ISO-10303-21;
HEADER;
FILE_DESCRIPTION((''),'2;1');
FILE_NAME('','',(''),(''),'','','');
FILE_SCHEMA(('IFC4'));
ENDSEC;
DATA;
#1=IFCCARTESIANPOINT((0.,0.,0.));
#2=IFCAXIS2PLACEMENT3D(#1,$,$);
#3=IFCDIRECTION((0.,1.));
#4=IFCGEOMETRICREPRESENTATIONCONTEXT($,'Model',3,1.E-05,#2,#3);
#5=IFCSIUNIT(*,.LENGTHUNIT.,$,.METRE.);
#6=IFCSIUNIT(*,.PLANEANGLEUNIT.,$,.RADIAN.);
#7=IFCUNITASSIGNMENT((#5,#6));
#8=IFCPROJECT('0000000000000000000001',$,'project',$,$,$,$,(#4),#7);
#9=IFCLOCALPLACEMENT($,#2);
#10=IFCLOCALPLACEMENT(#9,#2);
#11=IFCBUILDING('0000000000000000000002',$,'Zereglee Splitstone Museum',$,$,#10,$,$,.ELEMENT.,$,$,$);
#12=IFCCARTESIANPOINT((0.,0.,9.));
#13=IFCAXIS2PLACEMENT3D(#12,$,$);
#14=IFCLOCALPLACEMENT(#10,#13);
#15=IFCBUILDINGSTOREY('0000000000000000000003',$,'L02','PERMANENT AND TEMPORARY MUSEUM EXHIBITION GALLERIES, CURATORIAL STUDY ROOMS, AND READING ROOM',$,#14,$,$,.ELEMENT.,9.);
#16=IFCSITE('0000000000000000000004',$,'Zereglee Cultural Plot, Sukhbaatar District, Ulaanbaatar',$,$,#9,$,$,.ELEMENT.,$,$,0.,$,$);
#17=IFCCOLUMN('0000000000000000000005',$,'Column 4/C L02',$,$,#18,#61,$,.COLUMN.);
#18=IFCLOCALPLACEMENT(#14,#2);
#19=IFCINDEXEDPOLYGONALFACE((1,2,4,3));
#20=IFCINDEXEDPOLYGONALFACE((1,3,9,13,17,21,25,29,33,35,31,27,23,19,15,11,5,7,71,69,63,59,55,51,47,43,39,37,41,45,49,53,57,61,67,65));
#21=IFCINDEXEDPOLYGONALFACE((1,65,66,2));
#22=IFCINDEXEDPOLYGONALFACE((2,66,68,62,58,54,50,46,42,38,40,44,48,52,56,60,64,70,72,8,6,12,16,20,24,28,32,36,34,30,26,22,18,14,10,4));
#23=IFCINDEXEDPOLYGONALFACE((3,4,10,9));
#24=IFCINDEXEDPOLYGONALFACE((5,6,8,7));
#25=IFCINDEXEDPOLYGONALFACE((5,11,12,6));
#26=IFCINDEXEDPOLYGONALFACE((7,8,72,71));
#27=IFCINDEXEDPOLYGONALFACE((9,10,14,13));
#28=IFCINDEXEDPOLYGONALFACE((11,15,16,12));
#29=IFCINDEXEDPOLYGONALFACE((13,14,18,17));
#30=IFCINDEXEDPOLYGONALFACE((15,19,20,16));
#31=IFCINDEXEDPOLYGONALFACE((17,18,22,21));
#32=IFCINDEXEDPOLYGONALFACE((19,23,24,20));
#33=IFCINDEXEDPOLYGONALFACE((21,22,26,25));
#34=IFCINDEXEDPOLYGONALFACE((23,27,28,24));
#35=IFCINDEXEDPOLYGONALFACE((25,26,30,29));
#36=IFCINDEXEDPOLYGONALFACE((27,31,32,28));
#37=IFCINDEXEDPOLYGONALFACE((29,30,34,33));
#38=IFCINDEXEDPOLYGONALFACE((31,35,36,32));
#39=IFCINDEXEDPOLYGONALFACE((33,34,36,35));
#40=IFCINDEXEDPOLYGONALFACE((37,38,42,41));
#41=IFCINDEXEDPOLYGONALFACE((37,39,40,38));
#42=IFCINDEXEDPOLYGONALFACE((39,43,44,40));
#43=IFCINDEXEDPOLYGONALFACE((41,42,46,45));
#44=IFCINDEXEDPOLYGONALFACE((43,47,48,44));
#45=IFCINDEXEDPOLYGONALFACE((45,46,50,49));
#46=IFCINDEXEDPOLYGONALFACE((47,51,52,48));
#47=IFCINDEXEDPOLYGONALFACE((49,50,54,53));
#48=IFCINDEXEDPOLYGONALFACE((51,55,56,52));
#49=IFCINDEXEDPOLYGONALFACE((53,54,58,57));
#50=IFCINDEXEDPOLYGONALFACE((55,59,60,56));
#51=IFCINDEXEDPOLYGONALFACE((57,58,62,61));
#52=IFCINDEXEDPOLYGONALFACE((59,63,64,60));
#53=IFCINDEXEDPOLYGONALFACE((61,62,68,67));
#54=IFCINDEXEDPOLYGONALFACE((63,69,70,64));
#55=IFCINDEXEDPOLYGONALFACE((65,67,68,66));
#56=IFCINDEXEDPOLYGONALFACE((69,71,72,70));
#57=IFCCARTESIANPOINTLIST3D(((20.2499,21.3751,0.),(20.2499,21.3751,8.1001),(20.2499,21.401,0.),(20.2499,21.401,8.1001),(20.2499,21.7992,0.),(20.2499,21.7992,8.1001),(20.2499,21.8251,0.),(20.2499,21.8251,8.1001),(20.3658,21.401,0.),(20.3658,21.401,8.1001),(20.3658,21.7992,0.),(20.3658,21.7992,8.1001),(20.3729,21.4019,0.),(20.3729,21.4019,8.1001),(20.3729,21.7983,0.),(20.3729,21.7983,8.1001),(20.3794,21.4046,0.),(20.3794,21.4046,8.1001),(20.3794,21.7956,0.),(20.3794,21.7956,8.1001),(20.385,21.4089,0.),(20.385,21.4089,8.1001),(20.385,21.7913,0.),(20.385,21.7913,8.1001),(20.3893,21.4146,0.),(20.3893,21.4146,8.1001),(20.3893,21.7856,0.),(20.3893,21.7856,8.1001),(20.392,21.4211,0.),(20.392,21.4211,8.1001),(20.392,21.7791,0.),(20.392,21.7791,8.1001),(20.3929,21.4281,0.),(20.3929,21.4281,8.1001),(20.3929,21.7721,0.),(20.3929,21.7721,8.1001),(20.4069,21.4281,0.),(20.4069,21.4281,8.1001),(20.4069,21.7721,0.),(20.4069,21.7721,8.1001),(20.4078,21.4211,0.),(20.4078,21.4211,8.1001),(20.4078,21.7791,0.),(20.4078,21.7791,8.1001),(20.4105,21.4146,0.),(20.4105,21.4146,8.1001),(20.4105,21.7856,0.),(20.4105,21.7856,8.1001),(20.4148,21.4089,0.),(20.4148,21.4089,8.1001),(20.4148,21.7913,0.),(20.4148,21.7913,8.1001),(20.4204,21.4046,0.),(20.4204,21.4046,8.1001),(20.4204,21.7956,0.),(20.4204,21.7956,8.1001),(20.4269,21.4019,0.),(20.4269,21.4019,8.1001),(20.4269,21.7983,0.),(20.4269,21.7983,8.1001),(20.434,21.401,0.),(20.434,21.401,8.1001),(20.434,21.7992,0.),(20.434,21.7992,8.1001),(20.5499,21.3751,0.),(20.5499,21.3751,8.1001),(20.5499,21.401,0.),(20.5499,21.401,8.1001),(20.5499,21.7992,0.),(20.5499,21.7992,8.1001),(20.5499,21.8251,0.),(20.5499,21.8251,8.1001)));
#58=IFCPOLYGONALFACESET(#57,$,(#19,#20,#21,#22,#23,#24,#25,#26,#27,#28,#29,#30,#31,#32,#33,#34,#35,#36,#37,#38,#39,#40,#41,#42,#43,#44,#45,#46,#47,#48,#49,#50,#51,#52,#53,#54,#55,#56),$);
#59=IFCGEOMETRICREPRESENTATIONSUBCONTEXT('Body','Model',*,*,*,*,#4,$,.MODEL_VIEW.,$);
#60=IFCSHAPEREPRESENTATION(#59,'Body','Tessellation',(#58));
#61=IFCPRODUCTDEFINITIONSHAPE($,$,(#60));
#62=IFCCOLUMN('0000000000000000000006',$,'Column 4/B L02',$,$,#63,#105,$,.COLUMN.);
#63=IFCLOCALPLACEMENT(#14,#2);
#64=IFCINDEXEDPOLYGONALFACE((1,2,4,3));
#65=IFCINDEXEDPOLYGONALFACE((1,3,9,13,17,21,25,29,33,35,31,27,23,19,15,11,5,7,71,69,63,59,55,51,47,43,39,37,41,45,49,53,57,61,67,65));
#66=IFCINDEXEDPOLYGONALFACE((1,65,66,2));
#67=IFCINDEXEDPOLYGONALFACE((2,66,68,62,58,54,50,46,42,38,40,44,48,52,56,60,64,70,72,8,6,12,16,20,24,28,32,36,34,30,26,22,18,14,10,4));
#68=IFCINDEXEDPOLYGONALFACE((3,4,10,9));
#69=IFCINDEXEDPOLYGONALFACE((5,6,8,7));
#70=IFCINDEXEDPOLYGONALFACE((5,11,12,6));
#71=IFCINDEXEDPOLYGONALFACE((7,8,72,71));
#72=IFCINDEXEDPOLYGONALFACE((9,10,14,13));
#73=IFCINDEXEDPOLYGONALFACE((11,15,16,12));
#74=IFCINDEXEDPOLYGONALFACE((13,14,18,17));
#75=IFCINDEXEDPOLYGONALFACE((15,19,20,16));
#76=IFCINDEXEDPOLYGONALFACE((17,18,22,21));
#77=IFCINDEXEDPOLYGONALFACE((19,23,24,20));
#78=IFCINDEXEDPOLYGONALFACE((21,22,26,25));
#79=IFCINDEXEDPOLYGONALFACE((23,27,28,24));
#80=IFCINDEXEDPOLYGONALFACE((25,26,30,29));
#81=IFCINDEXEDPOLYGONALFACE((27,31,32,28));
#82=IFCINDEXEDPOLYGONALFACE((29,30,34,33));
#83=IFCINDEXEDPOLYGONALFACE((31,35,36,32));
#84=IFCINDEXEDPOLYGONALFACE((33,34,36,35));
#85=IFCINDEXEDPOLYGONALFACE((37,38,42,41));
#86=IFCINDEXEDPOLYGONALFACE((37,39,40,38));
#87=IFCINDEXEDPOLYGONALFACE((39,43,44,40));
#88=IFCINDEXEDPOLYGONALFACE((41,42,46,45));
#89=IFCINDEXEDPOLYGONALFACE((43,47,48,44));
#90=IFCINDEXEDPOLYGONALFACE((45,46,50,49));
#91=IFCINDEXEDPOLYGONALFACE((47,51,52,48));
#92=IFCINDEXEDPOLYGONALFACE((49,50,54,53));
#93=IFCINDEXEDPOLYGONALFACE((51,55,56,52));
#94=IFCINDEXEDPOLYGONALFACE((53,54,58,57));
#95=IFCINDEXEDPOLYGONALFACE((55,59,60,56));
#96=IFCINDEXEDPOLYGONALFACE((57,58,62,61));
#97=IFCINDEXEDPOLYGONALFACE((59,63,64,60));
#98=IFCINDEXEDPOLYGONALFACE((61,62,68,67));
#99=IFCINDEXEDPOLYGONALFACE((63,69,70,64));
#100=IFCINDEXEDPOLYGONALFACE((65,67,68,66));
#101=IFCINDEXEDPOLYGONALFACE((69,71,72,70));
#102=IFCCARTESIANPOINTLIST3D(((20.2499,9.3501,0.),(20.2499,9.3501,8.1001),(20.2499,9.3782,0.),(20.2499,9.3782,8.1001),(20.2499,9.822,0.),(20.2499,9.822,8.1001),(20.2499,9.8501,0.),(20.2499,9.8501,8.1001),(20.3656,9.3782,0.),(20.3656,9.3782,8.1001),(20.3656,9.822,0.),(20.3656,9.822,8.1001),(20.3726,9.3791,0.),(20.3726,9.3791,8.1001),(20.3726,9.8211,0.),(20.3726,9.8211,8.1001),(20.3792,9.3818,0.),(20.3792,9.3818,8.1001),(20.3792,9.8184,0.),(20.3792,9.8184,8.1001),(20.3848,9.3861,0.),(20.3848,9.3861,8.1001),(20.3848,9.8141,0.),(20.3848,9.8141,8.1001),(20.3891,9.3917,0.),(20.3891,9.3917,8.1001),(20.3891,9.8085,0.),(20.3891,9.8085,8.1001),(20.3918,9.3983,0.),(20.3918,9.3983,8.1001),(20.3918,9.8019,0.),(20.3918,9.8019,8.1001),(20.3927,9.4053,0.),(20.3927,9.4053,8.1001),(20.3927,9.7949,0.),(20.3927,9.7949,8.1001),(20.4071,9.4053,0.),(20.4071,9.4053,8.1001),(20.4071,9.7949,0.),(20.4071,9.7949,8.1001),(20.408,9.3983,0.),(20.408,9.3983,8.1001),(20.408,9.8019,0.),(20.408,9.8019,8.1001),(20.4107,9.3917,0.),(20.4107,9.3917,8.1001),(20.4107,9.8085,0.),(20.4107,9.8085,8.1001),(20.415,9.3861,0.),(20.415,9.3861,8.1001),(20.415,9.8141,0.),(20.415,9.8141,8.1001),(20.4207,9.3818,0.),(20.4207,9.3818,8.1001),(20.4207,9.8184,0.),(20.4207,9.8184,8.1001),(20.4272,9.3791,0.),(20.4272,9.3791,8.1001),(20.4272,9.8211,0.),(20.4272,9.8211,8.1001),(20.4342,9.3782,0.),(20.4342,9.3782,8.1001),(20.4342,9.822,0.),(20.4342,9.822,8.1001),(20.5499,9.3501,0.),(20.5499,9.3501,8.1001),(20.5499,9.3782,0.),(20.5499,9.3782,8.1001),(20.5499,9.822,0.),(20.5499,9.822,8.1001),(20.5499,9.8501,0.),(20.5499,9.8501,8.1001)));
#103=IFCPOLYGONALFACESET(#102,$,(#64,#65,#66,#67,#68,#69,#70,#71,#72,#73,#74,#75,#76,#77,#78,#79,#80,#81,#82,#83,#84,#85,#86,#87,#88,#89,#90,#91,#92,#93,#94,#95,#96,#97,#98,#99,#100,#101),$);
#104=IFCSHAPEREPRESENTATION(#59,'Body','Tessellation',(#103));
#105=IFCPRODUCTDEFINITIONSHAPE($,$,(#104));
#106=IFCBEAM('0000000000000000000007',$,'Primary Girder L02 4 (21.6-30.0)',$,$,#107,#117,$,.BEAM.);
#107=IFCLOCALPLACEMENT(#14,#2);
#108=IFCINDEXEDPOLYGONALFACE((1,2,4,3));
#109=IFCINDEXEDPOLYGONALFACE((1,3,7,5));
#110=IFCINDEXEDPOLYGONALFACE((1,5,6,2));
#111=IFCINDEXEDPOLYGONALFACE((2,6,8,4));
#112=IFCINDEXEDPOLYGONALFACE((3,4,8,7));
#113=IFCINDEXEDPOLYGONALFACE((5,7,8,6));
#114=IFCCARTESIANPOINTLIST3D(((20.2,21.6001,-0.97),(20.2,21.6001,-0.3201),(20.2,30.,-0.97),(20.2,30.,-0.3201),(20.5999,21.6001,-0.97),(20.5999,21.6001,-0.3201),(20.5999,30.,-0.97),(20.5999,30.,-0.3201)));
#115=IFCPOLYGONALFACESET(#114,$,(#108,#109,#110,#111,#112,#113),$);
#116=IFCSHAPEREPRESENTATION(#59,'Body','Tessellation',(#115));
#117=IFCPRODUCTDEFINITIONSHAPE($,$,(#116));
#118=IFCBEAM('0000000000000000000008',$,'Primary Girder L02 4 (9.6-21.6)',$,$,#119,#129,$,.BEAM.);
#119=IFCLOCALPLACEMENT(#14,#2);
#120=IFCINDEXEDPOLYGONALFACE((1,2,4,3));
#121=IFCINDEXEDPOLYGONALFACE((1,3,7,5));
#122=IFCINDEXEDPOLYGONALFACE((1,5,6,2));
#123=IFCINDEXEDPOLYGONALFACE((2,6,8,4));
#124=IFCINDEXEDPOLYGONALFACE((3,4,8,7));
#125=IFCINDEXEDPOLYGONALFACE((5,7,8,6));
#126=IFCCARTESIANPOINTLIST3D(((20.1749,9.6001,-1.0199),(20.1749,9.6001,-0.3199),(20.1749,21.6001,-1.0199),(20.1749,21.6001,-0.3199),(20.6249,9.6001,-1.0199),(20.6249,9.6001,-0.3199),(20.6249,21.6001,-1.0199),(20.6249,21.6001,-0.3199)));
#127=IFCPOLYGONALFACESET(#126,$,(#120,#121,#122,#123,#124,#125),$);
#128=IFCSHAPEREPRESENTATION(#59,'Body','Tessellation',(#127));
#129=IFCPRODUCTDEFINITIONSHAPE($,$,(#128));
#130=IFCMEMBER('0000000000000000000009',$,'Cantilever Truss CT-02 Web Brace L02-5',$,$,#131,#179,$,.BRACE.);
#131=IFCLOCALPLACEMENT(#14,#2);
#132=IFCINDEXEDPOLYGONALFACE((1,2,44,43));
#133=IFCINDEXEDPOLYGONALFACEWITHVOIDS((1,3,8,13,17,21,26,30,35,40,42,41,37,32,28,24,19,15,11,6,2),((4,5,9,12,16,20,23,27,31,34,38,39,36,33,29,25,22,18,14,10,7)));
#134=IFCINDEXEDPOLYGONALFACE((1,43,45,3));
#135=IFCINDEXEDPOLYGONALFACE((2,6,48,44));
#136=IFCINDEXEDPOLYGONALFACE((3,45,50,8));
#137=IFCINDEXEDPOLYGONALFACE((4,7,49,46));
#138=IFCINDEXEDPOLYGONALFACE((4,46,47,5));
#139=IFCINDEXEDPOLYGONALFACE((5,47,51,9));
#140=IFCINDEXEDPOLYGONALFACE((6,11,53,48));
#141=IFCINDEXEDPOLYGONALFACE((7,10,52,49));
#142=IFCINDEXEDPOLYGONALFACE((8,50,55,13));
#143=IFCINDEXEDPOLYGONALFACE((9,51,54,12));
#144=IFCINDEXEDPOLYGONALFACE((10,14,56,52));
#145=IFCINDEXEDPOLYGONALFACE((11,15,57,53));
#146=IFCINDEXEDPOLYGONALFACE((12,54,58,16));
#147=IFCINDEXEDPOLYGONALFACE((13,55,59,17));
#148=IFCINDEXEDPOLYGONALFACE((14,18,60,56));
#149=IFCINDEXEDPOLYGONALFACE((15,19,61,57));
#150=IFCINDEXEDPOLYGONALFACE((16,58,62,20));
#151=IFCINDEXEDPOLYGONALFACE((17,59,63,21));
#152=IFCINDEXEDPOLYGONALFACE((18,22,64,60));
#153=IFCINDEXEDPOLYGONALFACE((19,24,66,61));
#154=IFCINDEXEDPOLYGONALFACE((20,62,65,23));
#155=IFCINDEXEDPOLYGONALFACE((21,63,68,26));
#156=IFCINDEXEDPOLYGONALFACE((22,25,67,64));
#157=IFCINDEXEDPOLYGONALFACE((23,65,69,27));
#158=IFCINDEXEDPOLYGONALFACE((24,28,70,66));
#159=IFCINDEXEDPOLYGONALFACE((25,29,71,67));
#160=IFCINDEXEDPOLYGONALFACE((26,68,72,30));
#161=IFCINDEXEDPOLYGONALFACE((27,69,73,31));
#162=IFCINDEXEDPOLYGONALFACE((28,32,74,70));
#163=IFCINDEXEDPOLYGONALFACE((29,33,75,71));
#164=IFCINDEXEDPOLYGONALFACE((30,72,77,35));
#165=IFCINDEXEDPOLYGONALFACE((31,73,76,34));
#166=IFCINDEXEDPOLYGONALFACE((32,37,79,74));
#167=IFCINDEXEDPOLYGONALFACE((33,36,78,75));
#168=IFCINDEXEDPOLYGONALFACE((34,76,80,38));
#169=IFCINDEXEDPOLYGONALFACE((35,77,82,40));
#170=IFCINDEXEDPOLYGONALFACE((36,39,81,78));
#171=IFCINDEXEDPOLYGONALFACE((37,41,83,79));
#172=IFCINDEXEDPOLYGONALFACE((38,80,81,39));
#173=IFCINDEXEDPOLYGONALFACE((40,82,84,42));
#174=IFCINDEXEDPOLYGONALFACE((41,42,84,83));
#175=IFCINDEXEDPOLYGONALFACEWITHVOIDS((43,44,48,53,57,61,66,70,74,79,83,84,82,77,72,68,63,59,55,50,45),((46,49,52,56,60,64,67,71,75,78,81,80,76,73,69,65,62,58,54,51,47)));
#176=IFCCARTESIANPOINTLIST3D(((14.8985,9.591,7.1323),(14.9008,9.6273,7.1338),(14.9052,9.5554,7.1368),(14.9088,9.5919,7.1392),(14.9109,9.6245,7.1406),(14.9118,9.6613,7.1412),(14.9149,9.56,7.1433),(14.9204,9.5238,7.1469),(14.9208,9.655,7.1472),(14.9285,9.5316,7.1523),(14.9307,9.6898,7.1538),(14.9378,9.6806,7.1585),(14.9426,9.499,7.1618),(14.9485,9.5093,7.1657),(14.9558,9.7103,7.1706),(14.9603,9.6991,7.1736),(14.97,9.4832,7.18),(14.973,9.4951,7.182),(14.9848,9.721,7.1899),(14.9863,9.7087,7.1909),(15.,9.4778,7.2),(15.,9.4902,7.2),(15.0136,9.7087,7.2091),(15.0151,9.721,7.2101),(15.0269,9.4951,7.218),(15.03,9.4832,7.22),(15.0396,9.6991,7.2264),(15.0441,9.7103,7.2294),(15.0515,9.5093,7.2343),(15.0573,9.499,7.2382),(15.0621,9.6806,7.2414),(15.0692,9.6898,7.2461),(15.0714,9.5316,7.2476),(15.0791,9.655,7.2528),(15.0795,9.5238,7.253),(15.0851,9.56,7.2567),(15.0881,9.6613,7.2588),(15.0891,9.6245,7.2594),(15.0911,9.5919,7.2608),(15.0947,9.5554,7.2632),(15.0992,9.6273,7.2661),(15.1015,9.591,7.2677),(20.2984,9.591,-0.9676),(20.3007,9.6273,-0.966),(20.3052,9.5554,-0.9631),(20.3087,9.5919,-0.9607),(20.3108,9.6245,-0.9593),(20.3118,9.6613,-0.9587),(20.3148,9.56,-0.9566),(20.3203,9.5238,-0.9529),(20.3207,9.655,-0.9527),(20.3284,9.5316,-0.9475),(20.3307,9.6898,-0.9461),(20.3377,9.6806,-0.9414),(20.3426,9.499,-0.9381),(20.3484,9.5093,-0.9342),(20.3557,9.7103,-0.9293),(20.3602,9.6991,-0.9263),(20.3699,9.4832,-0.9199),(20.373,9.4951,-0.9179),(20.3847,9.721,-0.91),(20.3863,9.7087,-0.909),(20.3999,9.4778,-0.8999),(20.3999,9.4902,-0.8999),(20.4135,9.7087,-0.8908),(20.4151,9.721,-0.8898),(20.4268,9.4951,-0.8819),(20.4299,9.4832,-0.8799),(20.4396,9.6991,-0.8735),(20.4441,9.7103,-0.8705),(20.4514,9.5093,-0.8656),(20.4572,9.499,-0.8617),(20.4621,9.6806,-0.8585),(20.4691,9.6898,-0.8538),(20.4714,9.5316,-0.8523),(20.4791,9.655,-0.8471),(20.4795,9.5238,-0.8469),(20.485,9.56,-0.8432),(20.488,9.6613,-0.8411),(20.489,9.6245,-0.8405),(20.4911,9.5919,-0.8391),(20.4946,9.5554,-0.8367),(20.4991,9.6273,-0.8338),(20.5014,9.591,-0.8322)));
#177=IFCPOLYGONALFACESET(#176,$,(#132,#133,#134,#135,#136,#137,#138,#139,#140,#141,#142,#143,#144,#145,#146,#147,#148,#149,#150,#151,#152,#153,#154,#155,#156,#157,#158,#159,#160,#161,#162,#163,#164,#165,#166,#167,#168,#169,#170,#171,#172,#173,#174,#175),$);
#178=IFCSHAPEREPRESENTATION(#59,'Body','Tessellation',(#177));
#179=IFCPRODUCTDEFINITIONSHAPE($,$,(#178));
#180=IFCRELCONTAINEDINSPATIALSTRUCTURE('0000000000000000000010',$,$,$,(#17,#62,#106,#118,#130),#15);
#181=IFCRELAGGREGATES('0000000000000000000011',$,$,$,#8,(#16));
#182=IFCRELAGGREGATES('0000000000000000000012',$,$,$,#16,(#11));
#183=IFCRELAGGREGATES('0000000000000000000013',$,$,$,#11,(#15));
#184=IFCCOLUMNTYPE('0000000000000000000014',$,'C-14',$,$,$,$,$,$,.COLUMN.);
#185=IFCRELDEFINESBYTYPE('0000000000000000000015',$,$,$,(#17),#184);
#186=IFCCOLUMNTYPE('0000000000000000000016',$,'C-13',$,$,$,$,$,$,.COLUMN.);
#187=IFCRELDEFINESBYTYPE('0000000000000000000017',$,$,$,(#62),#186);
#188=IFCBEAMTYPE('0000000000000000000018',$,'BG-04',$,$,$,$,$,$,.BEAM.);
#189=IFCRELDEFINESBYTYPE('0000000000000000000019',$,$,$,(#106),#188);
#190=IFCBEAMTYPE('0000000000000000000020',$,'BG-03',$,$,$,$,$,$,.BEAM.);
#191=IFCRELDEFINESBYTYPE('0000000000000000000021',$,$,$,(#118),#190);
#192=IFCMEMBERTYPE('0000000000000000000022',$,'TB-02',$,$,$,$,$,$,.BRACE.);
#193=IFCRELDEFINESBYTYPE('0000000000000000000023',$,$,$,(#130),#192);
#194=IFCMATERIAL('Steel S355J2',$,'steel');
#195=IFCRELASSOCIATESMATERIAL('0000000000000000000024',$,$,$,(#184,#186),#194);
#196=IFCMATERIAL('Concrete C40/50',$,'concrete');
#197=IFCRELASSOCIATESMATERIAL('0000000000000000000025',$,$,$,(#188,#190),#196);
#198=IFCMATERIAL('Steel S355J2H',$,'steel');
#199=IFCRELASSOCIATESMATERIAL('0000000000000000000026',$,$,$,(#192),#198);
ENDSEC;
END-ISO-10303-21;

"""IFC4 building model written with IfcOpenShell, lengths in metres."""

from ifc_helpers import new_model, si_unit, direction, frame, origin, origin_2d, place, context, subcontext, project, spatial, rectangle, hollow_circle, i_section, extrude, material, material_profile, profile_set, type_object, element, save


model = new_model("IFC4")

# Units and contexts
model_context = context("Model", 3, precision=1e-05, world=origin(), true_north=direction((0.0, 1.0)))
body_context = subcontext(model_context, "Body", "Model", "MODEL_VIEW")
ifc_project = project(units=[si_unit("LENGTHUNIT", "METRE"), si_unit("PLANEANGLEUNIT", "RADIAN")], contexts=[model_context])

# Site, building, storey
site_placement = place(None, origin())
site = spatial("IfcSite", under=ifc_project, at=site_placement, Name="Zereglee Cultural Plot, Sukhbaatar District, Ulaanbaatar", CompositionType="ELEMENT", RefElevation=0.0)
building_placement = place(site_placement, origin())
building = spatial("IfcBuilding", under=site, at=building_placement, Name="Zereglee Splitstone Museum", CompositionType="ELEMENT")
storey_placement = place(building_placement, frame((0.0, 0.0, 9.0)))
storey = spatial("IfcBuildingStorey", under=building, at=storey_placement, Name="L02", Description="PERMANENT AND TEMPORARY MUSEUM EXHIBITION GALLERIES, CURATORIAL STUDY ROOMS, AND READING ROOM", CompositionType="ELEMENT", Elevation=9.0)

# Columns
ifc_material_1 = material(Name="Steel S355J2", Category="steel")
ifc_material_profile_1 = material_profile(ifc_material_1, i_section(OverallWidth=0.3, OverallDepth=0.45, WebThickness=0.0139, FlangeThickness=0.0259, FilletRadius=0.0271, at=origin_2d()), Name="HE 450 B")
ifc_profile_set_1 = profile_set([ifc_material_profile_1], Name="Steel S355J2")
column_type_1 = type_object("IfcColumnType", Name="C-14", PredefinedType="COLUMN", material=ifc_profile_set_1)
column_1_placement = place(storey_placement, frame((20.3999, 21.6001, 0.0), z_axis=(0.0, 0.0, 1.0), x_axis=(1.0, 0.0, 0.0)))
element("IfcColumn", 1, at=column_1_placement, inside=storey, type_object=column_type_1, Name="Column 4/C L02", PredefinedType="COLUMN", context=body_context, shape_type="SweptSolid", body=[
    extrude(i_section(OverallWidth=0.3, OverallDepth=0.45, WebThickness=0.0139, FlangeThickness=0.0259, FilletRadius=0.0271, at=origin_2d()), origin(), (0.0, 0.0, 1.0), 8.1001),
])
ifc_material_profile_2 = material_profile(ifc_material_1, i_section(OverallWidth=0.3, OverallDepth=0.5, WebThickness=0.0144, FlangeThickness=0.0281, FilletRadius=0.0271, at=origin_2d()), Name="HE 500 B")
ifc_profile_set_2 = profile_set([ifc_material_profile_2], Name="Steel S355J2")
column_type_2 = type_object("IfcColumnType", Name="C-13", PredefinedType="COLUMN", material=ifc_profile_set_2)
column_2_placement = place(storey_placement, frame((20.3999, 9.6001, 0.0), z_axis=(0.0, 0.0, 1.0), x_axis=(1.0, 0.0, 0.0)))
element("IfcColumn", 2, at=column_2_placement, inside=storey, type_object=column_type_2, Name="Column 4/B L02", PredefinedType="COLUMN", context=body_context, shape_type="SweptSolid", body=[
    extrude(i_section(OverallWidth=0.3, OverallDepth=0.5, WebThickness=0.0144, FlangeThickness=0.0281, FilletRadius=0.0271, at=origin_2d()), origin(), (0.0, 0.0, 1.0), 8.1001),
])

# Beams
ifc_material_2 = material(Name="Concrete C40/50", Category="concrete")
ifc_material_profile_3 = material_profile(ifc_material_2, rectangle(XDim=0.3999, YDim=0.6499, at=origin_2d()), Name="RC 400x650")
ifc_profile_set_3 = profile_set([ifc_material_profile_3], Name="Concrete C40/50")
beam_type_1 = type_object("IfcBeamType", Name="BG-04", PredefinedType="BEAM", material=ifc_profile_set_3)
beam_1_placement = place(storey_placement, frame((20.3999, 21.6001, -0.645), z_axis=(0.0, 1.0, 0.0), x_axis=(-1.0, 0.0, 0.0)))
element("IfcBeam", 3, at=beam_1_placement, inside=storey, type_object=beam_type_1, Name="Primary Girder L02 4 (21.6-30.0)", PredefinedType="BEAM", context=body_context, shape_type="SweptSolid", body=[
    extrude(rectangle(XDim=0.3999, YDim=0.6499, at=origin_2d()), origin(), (0.0, 0.0, 1.0), 8.3999),
])
ifc_material_profile_4 = material_profile(ifc_material_2, rectangle(XDim=0.45, YDim=0.7, at=origin_2d()), Name="RC 450x700")
ifc_profile_set_4 = profile_set([ifc_material_profile_4], Name="Concrete C40/50")
beam_type_2 = type_object("IfcBeamType", Name="BG-03", PredefinedType="BEAM", material=ifc_profile_set_4)
beam_2_placement = place(storey_placement, frame((20.3999, 9.6001, -0.6699), z_axis=(0.0, 1.0, 0.0), x_axis=(-1.0, 0.0, 0.0)))
element("IfcBeam", 4, at=beam_2_placement, inside=storey, type_object=beam_type_2, Name="Primary Girder L02 4 (9.6-21.6)", PredefinedType="BEAM", context=body_context, shape_type="SweptSolid", body=[
    extrude(rectangle(XDim=0.45, YDim=0.7, at=origin_2d()), origin(), (0.0, 0.0, 1.0), 12.0),
])

# Member
ifc_material_3 = material(Name="Steel S355J2H", Category="steel")
ifc_material_profile_5 = material_profile(ifc_material_3, hollow_circle(Radius=0.1223, WallThickness=0.0125, at=origin_2d()), Name="CHS 244.5x12.5")
ifc_profile_set_5 = profile_set([ifc_material_profile_5], Name="Steel S355J2H")
member_type = type_object("IfcMemberType", Name="TB-02", PredefinedType="BRACE", material=ifc_profile_set_5)
for number, where, z_axis, x_axis, name in (
    (5, (20.3999, 9.6001, -0.8999), (-0.5547, 0.0, 0.83205), (0.0, -1.0, 0.0), "Cantilever Truss CT-02 Web Brace L02-5"),
):
    element("IfcMember", number, at=place(storey_placement, frame(where, z_axis=z_axis, x_axis=x_axis)), inside=storey, type_object=member_type, Name=name, PredefinedType="BRACE", context=body_context, shape_type="SweptSolid", body=[
        extrude(hollow_circle(Radius=0.1223, WallThickness=0.0125, at=origin_2d()), origin(), (0.0, 0.0, 1.0), 9.7349),
    ])

save(model, "model.ifc")
